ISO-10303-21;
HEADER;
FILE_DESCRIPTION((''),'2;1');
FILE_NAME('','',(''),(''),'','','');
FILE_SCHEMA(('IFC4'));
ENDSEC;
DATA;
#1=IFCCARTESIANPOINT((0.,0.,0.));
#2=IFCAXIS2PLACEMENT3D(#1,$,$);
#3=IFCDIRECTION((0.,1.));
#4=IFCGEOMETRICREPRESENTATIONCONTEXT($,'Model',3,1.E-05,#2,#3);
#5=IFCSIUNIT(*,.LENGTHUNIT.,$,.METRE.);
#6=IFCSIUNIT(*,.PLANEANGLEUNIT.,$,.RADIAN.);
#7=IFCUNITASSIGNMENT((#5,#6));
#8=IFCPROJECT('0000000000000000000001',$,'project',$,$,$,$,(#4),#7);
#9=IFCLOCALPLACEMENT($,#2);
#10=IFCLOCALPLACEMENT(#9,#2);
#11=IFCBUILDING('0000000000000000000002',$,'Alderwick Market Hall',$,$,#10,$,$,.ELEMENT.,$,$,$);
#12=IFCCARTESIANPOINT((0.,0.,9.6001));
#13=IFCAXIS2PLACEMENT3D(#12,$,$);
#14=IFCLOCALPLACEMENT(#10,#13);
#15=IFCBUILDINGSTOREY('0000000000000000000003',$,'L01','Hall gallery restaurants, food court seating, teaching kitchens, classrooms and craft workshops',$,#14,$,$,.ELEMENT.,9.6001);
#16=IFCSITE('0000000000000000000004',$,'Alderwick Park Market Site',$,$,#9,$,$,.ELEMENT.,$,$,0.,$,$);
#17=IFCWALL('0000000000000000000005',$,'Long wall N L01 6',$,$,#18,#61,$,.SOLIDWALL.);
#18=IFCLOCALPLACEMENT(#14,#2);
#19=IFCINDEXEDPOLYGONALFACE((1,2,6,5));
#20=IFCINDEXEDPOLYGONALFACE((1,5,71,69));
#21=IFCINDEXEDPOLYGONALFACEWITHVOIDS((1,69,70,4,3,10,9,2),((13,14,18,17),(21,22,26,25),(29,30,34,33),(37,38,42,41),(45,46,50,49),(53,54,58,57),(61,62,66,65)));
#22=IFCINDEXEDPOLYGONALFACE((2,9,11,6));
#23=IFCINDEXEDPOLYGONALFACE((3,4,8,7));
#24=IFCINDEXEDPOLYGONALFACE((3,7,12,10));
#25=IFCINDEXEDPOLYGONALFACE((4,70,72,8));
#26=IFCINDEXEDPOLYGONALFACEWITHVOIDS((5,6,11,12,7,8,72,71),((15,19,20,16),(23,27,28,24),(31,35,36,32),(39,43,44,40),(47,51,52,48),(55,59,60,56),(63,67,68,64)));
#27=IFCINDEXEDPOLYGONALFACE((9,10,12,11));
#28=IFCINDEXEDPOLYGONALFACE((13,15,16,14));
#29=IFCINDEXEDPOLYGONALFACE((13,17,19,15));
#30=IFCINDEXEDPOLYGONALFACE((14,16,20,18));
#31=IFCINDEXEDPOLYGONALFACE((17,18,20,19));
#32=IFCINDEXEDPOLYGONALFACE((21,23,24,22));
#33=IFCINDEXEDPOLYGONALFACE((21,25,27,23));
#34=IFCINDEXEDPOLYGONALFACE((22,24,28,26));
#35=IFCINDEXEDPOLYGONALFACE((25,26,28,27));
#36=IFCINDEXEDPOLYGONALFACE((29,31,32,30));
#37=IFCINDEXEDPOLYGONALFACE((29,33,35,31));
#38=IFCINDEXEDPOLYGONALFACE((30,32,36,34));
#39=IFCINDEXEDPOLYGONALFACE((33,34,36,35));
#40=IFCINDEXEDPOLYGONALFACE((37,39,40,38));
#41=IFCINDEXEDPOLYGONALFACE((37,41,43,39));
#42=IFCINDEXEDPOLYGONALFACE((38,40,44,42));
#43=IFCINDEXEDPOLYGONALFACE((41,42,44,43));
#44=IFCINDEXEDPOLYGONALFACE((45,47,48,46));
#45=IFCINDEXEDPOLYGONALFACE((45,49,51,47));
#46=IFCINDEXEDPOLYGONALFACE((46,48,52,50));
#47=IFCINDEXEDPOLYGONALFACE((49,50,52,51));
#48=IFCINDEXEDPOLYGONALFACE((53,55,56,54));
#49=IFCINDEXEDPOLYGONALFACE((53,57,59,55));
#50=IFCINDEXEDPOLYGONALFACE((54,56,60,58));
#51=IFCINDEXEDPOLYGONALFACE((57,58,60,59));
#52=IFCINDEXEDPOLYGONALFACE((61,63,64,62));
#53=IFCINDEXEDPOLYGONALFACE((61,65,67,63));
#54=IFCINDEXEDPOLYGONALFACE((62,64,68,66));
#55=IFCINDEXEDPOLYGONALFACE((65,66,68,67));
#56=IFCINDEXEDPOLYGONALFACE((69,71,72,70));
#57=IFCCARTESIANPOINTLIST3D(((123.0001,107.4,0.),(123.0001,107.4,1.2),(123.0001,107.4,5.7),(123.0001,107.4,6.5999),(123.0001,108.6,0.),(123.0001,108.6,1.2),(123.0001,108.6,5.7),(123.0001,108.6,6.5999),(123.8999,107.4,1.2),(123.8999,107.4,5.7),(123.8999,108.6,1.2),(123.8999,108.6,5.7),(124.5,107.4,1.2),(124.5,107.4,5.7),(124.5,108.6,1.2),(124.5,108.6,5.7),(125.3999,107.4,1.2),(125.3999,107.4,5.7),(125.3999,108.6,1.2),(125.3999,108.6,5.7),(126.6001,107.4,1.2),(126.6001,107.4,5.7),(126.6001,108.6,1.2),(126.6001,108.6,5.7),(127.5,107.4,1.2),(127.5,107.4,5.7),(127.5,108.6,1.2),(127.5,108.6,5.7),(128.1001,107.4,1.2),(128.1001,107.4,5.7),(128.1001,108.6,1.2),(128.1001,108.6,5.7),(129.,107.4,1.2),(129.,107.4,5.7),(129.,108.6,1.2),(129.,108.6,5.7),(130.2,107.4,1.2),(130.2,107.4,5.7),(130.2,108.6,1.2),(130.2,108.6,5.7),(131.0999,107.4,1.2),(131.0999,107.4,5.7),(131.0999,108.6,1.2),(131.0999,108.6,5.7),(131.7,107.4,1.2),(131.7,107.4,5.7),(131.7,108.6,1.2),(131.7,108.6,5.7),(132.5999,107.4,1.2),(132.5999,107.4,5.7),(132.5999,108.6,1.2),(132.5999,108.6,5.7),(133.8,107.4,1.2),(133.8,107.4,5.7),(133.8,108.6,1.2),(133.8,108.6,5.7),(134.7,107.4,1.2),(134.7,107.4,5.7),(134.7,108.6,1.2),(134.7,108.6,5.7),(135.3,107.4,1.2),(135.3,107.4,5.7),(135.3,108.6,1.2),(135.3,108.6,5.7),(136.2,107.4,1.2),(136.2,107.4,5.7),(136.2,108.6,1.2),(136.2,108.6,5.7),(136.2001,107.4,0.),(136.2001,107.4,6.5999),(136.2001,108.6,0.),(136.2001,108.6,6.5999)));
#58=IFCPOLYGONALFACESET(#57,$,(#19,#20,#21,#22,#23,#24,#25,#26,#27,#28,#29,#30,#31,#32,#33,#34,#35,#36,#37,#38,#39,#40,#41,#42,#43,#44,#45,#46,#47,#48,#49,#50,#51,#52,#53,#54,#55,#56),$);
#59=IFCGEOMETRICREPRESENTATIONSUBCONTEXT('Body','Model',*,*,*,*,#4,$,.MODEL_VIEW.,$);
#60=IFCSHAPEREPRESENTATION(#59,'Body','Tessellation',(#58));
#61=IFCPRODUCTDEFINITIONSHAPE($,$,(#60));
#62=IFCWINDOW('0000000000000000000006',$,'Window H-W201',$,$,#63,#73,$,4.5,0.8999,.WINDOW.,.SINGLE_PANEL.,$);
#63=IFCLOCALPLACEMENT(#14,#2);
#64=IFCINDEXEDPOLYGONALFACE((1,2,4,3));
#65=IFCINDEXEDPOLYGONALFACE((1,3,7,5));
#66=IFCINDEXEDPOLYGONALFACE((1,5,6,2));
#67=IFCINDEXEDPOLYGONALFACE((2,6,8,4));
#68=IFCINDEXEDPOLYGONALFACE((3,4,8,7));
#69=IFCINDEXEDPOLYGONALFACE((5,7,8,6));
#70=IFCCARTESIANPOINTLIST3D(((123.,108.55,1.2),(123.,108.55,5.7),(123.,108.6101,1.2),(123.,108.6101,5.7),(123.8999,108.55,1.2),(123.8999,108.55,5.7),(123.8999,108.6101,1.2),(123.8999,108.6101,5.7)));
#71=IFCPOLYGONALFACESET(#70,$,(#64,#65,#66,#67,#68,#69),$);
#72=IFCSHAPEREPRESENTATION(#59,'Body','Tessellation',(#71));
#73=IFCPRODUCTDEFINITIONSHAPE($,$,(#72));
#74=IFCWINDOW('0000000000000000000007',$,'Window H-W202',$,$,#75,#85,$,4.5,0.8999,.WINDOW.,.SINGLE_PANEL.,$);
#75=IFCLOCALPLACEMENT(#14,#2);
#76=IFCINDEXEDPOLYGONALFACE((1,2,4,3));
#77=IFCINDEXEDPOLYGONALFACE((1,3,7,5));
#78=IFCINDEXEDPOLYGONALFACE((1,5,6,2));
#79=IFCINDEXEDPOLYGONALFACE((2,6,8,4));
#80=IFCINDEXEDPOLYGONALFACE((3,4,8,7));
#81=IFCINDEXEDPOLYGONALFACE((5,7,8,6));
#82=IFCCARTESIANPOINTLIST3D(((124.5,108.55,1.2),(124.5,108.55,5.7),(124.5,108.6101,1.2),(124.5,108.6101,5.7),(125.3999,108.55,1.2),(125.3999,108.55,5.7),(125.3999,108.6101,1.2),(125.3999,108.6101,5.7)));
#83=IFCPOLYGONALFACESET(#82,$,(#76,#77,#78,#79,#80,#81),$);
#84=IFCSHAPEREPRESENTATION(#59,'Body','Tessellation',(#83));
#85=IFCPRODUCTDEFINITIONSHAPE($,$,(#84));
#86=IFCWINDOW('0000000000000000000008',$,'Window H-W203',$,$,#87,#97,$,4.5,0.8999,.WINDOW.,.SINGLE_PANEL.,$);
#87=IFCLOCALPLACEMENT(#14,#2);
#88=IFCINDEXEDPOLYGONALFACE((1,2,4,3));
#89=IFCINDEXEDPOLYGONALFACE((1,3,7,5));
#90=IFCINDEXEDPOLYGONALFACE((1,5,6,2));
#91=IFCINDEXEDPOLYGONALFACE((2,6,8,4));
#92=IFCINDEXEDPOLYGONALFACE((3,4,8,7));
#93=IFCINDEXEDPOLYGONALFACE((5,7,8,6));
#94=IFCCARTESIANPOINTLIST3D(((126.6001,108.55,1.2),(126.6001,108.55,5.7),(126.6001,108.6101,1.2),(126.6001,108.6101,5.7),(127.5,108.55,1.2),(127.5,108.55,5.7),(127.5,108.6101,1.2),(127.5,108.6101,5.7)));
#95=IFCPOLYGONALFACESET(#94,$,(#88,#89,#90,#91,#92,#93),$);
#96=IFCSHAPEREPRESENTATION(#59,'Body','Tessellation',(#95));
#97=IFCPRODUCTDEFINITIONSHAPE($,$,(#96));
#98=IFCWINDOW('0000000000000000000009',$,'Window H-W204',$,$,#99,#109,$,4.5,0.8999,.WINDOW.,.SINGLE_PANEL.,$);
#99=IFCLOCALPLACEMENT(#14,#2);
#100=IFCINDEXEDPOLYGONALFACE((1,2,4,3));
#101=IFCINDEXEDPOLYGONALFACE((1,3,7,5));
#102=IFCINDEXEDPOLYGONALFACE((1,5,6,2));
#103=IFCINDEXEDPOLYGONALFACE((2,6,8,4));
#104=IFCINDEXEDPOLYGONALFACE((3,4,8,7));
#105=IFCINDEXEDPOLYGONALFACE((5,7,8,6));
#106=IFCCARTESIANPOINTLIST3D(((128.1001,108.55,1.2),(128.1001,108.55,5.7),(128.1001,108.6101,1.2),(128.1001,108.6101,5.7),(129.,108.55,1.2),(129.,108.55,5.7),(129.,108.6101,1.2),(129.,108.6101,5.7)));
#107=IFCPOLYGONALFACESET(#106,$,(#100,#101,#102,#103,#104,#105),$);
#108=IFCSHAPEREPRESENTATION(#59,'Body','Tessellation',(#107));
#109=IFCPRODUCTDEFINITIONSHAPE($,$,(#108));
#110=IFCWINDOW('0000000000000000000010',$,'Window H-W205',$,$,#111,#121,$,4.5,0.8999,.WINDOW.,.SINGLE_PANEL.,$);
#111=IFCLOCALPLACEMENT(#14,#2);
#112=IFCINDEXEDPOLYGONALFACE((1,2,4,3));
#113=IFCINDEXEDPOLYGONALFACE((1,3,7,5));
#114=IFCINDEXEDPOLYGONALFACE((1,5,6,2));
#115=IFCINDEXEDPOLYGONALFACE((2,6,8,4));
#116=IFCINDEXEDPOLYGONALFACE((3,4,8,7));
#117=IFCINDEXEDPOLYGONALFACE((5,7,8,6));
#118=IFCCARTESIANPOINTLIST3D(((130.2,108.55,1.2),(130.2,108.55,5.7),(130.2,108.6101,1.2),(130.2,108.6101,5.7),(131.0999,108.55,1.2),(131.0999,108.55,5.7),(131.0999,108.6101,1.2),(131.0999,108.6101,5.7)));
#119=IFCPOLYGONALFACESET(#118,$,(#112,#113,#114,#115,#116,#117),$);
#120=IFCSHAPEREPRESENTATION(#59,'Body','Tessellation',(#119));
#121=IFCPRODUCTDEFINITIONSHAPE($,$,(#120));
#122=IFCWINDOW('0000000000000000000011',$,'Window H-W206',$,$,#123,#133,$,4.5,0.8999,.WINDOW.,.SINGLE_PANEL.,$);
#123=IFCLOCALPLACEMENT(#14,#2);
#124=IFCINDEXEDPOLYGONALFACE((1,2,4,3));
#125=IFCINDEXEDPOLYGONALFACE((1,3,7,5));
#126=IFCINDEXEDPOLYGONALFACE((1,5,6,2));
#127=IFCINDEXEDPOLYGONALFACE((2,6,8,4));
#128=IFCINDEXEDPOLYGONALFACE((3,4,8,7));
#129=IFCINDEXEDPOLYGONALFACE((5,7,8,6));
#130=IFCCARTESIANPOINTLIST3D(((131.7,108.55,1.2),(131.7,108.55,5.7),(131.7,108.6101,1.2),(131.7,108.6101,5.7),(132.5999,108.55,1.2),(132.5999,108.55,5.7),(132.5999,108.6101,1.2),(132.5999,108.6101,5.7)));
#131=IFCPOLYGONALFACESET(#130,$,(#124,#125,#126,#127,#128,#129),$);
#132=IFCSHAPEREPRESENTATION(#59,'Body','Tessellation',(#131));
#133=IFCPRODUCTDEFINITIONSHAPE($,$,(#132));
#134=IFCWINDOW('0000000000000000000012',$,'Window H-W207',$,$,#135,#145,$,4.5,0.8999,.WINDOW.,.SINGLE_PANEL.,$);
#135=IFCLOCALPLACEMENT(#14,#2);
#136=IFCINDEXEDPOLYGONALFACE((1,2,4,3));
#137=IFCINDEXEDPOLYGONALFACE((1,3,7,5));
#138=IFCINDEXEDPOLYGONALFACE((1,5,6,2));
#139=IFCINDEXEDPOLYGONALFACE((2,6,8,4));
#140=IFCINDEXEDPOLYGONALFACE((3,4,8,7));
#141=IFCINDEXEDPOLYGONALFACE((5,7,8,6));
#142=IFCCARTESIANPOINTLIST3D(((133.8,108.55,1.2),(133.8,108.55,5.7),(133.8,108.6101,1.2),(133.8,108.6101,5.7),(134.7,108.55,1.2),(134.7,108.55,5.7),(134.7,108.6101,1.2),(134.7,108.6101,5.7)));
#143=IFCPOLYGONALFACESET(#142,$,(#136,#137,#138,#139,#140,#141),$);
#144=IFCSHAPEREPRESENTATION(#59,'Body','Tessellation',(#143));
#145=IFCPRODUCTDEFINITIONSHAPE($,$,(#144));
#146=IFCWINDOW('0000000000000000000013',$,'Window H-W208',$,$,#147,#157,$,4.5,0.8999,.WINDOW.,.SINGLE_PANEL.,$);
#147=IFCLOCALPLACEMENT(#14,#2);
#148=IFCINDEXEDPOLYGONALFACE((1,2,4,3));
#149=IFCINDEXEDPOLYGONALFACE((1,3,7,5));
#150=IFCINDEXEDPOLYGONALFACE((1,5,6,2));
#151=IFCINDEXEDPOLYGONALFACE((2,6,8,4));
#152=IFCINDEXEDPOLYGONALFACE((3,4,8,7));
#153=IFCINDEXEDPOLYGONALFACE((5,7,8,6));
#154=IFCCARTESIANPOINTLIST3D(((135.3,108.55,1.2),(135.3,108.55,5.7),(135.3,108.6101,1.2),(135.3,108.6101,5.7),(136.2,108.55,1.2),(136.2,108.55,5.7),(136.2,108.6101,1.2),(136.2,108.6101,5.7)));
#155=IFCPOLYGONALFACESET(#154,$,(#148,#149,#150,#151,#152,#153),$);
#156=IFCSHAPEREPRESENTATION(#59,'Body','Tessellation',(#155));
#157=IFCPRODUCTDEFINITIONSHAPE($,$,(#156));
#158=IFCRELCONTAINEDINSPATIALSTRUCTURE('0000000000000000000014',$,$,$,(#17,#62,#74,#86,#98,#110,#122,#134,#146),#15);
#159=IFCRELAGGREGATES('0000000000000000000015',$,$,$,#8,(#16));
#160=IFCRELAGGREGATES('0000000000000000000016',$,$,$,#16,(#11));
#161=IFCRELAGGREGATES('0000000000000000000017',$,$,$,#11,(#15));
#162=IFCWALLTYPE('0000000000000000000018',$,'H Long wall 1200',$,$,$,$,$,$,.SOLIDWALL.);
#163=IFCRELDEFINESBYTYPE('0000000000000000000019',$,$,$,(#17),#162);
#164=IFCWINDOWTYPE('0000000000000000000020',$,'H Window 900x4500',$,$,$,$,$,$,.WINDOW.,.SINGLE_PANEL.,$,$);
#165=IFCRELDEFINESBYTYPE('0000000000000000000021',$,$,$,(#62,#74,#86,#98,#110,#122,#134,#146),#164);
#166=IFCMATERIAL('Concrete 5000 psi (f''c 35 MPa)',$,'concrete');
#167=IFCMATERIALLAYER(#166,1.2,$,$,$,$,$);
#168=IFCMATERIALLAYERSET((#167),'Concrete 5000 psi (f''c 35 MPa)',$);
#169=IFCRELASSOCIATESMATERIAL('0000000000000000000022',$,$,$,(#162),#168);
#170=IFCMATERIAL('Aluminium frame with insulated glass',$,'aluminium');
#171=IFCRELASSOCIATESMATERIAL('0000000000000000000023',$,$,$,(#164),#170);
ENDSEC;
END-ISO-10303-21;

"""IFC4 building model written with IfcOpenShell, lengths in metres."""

from ifc_helpers import new_model, si_unit, direction, frame, frame_2d, origin, place, context, subcontext, project, spatial, rectangle, extrude, material, layer, layer_set, type_object, element, fill, save


model = new_model("IFC4")

# Units and contexts
model_context = context("Model", 3, precision=1e-05, world=origin(), true_north=direction((0.0, 1.0)))
body_context = subcontext(model_context, "Body", "Model", "MODEL_VIEW")
ifc_project = project(units=[si_unit("LENGTHUNIT", "METRE"), si_unit("PLANEANGLEUNIT", "RADIAN")], contexts=[model_context])

# Site, building, storey
site_placement = place(None, origin())
site = spatial("IfcSite", under=ifc_project, at=site_placement, Name="Alderwick Park Market Site", CompositionType="ELEMENT", RefElevation=0.0)
building_placement = place(site_placement, origin())
building = spatial("IfcBuilding", under=site, at=building_placement, Name="Alderwick Market Hall", CompositionType="ELEMENT")
storey_placement = place(building_placement, frame((0.0, 0.0, 9.6001)))
storey = spatial("IfcBuildingStorey", under=building, at=storey_placement, Name="L01", Description="Hall gallery restaurants, food court seating, teaching kitchens, classrooms and craft workshops", CompositionType="ELEMENT", Elevation=9.6001)

# Shared definitions
ifc_material_1 = material(Name="Concrete 5000 psi (f'c 35 MPa)", Category="concrete")

# Wall, openings, windows
ifc_layer_1 = layer(ifc_material_1, 1.2)
ifc_layer_set_1 = layer_set([ifc_layer_1], Name="Concrete 5000 psi (f'c 35 MPa)")
wall_type_1 = type_object("IfcWallType", Name="H Long wall 1200", PredefinedType="SOLIDWALL", material=ifc_layer_set_1)
wall_1_placement = place(storey_placement, frame((123.0, 108.0, 0.0), z_axis=(0.0, 0.0, 1.0), x_axis=(1.0, 0.0, 0.0)))
wall_1 = element("IfcWall", 1, at=wall_1_placement, inside=storey, type_object=wall_type_1, Name="Long wall N L01 6", PredefinedType="SOLIDWALL", context=body_context, shape_type="SweptSolid", body=[
    extrude(rectangle(XDim=13.2, YDim=1.2, at=frame_2d((6.6001, 0.0))), origin(), (0.0, 0.0, 1.0), 6.5999),
])
opening_1_placement = place(wall_1_placement, frame((0.0, 0.0, 1.2)))
opening_1 = element("IfcOpeningElement", 2, at=opening_1_placement, cuts=wall_1, PredefinedType="OPENING", context=body_context, shape_type="SweptSolid", body=[
    extrude(rectangle(XDim=0.8999, YDim=4.5, at=frame_2d((0.45, 2.25))), frame((0.0, 0.6099, 0.0), z_axis=(0.0, -1.0, 0.0), x_axis=(1.0, 0.0, 0.0)), (0.0, 0.0, 1.0), 1.22),
])
opening_2_placement = place(wall_1_placement, frame((1.5, 0.0, 1.2)))
opening_2 = element("IfcOpeningElement", 3, at=opening_2_placement, cuts=wall_1, PredefinedType="OPENING", context=body_context, shape_type="SweptSolid", body=[
    extrude(rectangle(XDim=0.8999, YDim=4.5, at=frame_2d((0.45, 2.25))), frame((0.0, 0.6099, 0.0), z_axis=(0.0, -1.0, 0.0), x_axis=(1.0, 0.0, 0.0)), (0.0, 0.0, 1.0), 1.22),
])
opening_3_placement = place(wall_1_placement, frame((3.6001, 0.0, 1.2)))
opening_3 = element("IfcOpeningElement", 4, at=opening_3_placement, cuts=wall_1, PredefinedType="OPENING", context=body_context, shape_type="SweptSolid", body=[
    extrude(rectangle(XDim=0.8999, YDim=4.5, at=frame_2d((0.45, 2.25))), frame((0.0, 0.6099, 0.0), z_axis=(0.0, -1.0, 0.0), x_axis=(1.0, 0.0, 0.0)), (0.0, 0.0, 1.0), 1.22),
])
opening_4_placement = place(wall_1_placement, frame((5.1001, 0.0, 1.2)))
opening_4 = element("IfcOpeningElement", 5, at=opening_4_placement, cuts=wall_1, PredefinedType="OPENING", context=body_context, shape_type="SweptSolid", body=[
    extrude(rectangle(XDim=0.8999, YDim=4.5, at=frame_2d((0.45, 2.25))), frame((0.0, 0.6099, 0.0), z_axis=(0.0, -1.0, 0.0), x_axis=(1.0, 0.0, 0.0)), (0.0, 0.0, 1.0), 1.22),
])
opening_5_placement = place(wall_1_placement, frame((7.2, 0.0, 1.2)))
opening_5 = element("IfcOpeningElement", 6, at=opening_5_placement, cuts=wall_1, PredefinedType="OPENING", context=body_context, shape_type="SweptSolid", body=[
    extrude(rectangle(XDim=0.8999, YDim=4.5, at=frame_2d((0.45, 2.25))), frame((0.0, 0.6099, 0.0), z_axis=(0.0, -1.0, 0.0), x_axis=(1.0, 0.0, 0.0)), (0.0, 0.0, 1.0), 1.22),
])
opening_6_placement = place(wall_1_placement, frame((8.7, 0.0, 1.2)))
opening_6 = element("IfcOpeningElement", 7, at=opening_6_placement, cuts=wall_1, PredefinedType="OPENING", context=body_context, shape_type="SweptSolid", body=[
    extrude(rectangle(XDim=0.8999, YDim=4.5, at=frame_2d((0.45, 2.25))), frame((0.0, 0.6099, 0.0), z_axis=(0.0, -1.0, 0.0), x_axis=(1.0, 0.0, 0.0)), (0.0, 0.0, 1.0), 1.22),
])
opening_7_placement = place(wall_1_placement, frame((10.8, 0.0, 1.2)))
opening_7 = element("IfcOpeningElement", 8, at=opening_7_placement, cuts=wall_1, PredefinedType="OPENING", context=body_context, shape_type="SweptSolid", body=[
    extrude(rectangle(XDim=0.8999, YDim=4.5, at=frame_2d((0.45, 2.25))), frame((0.0, 0.6099, 0.0), z_axis=(0.0, -1.0, 0.0), x_axis=(1.0, 0.0, 0.0)), (0.0, 0.0, 1.0), 1.22),
])
opening_8_placement = place(wall_1_placement, frame((12.3, 0.0, 1.2)))
opening_8 = element("IfcOpeningElement", 9, at=opening_8_placement, cuts=wall_1, PredefinedType="OPENING", context=body_context, shape_type="SweptSolid", body=[
    extrude(rectangle(XDim=0.8999, YDim=4.5, at=frame_2d((0.45, 2.25))), frame((0.0, 0.6099, 0.0), z_axis=(0.0, -1.0, 0.0), x_axis=(1.0, 0.0, 0.0)), (0.0, 0.0, 1.0), 1.22),
])
ifc_material_2 = material(Name="Aluminium frame with insulated glass", Category="aluminium")
window_type = type_object("IfcWindowType", Name="H Window 900x4500", PartitioningType="SINGLE_PANEL", PredefinedType="WINDOW", material=ifc_material_2)
window_1_placement = place(opening_1_placement, origin())
window_1 = element("IfcWindow", 10, at=window_1_placement, inside=storey, type_object=window_type, Name="Window H-W201", OverallHeight=4.5, OverallWidth=0.8999, PartitioningType="SINGLE_PANEL", PredefinedType="WINDOW", context=body_context, shape_type="SweptSolid", body=[
    extrude(rectangle(XDim=0.8999, YDim=4.5, at=frame_2d((0.45, 2.25))), frame((0.0, 0.6101, 0.0), z_axis=(0.0, -1.0, 0.0), x_axis=(1.0, 0.0, 0.0)), (0.0, 0.0, 1.0), 0.0601),
])
fill(opening_1, window_1)
window_2_placement = place(opening_2_placement, origin())
window_2 = element("IfcWindow", 11, at=window_2_placement, inside=storey, type_object=window_type, Name="Window H-W202", OverallHeight=4.5, OverallWidth=0.8999, PartitioningType="SINGLE_PANEL", PredefinedType="WINDOW", context=body_context, shape_type="SweptSolid", body=[
    extrude(rectangle(XDim=0.8999, YDim=4.5, at=frame_2d((0.45, 2.25))), frame((0.0, 0.6101, 0.0), z_axis=(0.0, -1.0, 0.0), x_axis=(1.0, 0.0, 0.0)), (0.0, 0.0, 1.0), 0.0601),
])
fill(opening_2, window_2)
window_3_placement = place(opening_3_placement, origin())
window_3 = element("IfcWindow", 12, at=window_3_placement, inside=storey, type_object=window_type, Name="Window H-W203", OverallHeight=4.5, OverallWidth=0.8999, PartitioningType="SINGLE_PANEL", PredefinedType="WINDOW", context=body_context, shape_type="SweptSolid", body=[
    extrude(rectangle(XDim=0.8999, YDim=4.5, at=frame_2d((0.45, 2.25))), frame((0.0, 0.6101, 0.0), z_axis=(0.0, -1.0, 0.0), x_axis=(1.0, 0.0, 0.0)), (0.0, 0.0, 1.0), 0.0601),
])
fill(opening_3, window_3)
window_4_placement = place(opening_4_placement, origin())
window_4 = element("IfcWindow", 13, at=window_4_placement, inside=storey, type_object=window_type, Name="Window H-W204", OverallHeight=4.5, OverallWidth=0.8999, PartitioningType="SINGLE_PANEL", PredefinedType="WINDOW", context=body_context, shape_type="SweptSolid", body=[
    extrude(rectangle(XDim=0.8999, YDim=4.5, at=frame_2d((0.45, 2.25))), frame((0.0, 0.6101, 0.0), z_axis=(0.0, -1.0, 0.0), x_axis=(1.0, 0.0, 0.0)), (0.0, 0.0, 1.0), 0.0601),
])
fill(opening_4, window_4)
window_5_placement = place(opening_5_placement, origin())
window_5 = element("IfcWindow", 14, at=window_5_placement, inside=storey, type_object=window_type, Name="Window H-W205", OverallHeight=4.5, OverallWidth=0.8999, PartitioningType="SINGLE_PANEL", PredefinedType="WINDOW", context=body_context, shape_type="SweptSolid", body=[
    extrude(rectangle(XDim=0.8999, YDim=4.5, at=frame_2d((0.45, 2.25))), frame((0.0, 0.6101, 0.0), z_axis=(0.0, -1.0, 0.0), x_axis=(1.0, 0.0, 0.0)), (0.0, 0.0, 1.0), 0.0601),
])
fill(opening_5, window_5)
window_6_placement = place(opening_6_placement, origin())
window_6 = element("IfcWindow", 15, at=window_6_placement, inside=storey, type_object=window_type, Name="Window H-W206", OverallHeight=4.5, OverallWidth=0.8999, PartitioningType="SINGLE_PANEL", PredefinedType="WINDOW", context=body_context, shape_type="SweptSolid", body=[
    extrude(rectangle(XDim=0.8999, YDim=4.5, at=frame_2d((0.45, 2.25))), frame((0.0, 0.6101, 0.0), z_axis=(0.0, -1.0, 0.0), x_axis=(1.0, 0.0, 0.0)), (0.0, 0.0, 1.0), 0.0601),
])
fill(opening_6, window_6)
window_7_placement = place(opening_7_placement, origin())
window_7 = element("IfcWindow", 16, at=window_7_placement, inside=storey, type_object=window_type, Name="Window H-W207", OverallHeight=4.5, OverallWidth=0.8999, PartitioningType="SINGLE_PANEL", PredefinedType="WINDOW", context=body_context, shape_type="SweptSolid", body=[
    extrude(rectangle(XDim=0.8999, YDim=4.5, at=frame_2d((0.45, 2.25))), frame((0.0, 0.6101, 0.0), z_axis=(0.0, -1.0, 0.0), x_axis=(1.0, 0.0, 0.0)), (0.0, 0.0, 1.0), 0.0601),
])
fill(opening_7, window_7)
window_8_placement = place(opening_8_placement, origin())
window_8 = element("IfcWindow", 17, at=window_8_placement, inside=storey, type_object=window_type, Name="Window H-W208", OverallHeight=4.5, OverallWidth=0.8999, PartitioningType="SINGLE_PANEL", PredefinedType="WINDOW", context=body_context, shape_type="SweptSolid", body=[
    extrude(rectangle(XDim=0.8999, YDim=4.5, at=frame_2d((0.45, 2.25))), frame((0.0, 0.6101, 0.0), z_axis=(0.0, -1.0, 0.0), x_axis=(1.0, 0.0, 0.0)), (0.0, 0.0, 1.0), 0.0601),
])
fill(opening_8, window_8)

save(model, "model.ifc")
